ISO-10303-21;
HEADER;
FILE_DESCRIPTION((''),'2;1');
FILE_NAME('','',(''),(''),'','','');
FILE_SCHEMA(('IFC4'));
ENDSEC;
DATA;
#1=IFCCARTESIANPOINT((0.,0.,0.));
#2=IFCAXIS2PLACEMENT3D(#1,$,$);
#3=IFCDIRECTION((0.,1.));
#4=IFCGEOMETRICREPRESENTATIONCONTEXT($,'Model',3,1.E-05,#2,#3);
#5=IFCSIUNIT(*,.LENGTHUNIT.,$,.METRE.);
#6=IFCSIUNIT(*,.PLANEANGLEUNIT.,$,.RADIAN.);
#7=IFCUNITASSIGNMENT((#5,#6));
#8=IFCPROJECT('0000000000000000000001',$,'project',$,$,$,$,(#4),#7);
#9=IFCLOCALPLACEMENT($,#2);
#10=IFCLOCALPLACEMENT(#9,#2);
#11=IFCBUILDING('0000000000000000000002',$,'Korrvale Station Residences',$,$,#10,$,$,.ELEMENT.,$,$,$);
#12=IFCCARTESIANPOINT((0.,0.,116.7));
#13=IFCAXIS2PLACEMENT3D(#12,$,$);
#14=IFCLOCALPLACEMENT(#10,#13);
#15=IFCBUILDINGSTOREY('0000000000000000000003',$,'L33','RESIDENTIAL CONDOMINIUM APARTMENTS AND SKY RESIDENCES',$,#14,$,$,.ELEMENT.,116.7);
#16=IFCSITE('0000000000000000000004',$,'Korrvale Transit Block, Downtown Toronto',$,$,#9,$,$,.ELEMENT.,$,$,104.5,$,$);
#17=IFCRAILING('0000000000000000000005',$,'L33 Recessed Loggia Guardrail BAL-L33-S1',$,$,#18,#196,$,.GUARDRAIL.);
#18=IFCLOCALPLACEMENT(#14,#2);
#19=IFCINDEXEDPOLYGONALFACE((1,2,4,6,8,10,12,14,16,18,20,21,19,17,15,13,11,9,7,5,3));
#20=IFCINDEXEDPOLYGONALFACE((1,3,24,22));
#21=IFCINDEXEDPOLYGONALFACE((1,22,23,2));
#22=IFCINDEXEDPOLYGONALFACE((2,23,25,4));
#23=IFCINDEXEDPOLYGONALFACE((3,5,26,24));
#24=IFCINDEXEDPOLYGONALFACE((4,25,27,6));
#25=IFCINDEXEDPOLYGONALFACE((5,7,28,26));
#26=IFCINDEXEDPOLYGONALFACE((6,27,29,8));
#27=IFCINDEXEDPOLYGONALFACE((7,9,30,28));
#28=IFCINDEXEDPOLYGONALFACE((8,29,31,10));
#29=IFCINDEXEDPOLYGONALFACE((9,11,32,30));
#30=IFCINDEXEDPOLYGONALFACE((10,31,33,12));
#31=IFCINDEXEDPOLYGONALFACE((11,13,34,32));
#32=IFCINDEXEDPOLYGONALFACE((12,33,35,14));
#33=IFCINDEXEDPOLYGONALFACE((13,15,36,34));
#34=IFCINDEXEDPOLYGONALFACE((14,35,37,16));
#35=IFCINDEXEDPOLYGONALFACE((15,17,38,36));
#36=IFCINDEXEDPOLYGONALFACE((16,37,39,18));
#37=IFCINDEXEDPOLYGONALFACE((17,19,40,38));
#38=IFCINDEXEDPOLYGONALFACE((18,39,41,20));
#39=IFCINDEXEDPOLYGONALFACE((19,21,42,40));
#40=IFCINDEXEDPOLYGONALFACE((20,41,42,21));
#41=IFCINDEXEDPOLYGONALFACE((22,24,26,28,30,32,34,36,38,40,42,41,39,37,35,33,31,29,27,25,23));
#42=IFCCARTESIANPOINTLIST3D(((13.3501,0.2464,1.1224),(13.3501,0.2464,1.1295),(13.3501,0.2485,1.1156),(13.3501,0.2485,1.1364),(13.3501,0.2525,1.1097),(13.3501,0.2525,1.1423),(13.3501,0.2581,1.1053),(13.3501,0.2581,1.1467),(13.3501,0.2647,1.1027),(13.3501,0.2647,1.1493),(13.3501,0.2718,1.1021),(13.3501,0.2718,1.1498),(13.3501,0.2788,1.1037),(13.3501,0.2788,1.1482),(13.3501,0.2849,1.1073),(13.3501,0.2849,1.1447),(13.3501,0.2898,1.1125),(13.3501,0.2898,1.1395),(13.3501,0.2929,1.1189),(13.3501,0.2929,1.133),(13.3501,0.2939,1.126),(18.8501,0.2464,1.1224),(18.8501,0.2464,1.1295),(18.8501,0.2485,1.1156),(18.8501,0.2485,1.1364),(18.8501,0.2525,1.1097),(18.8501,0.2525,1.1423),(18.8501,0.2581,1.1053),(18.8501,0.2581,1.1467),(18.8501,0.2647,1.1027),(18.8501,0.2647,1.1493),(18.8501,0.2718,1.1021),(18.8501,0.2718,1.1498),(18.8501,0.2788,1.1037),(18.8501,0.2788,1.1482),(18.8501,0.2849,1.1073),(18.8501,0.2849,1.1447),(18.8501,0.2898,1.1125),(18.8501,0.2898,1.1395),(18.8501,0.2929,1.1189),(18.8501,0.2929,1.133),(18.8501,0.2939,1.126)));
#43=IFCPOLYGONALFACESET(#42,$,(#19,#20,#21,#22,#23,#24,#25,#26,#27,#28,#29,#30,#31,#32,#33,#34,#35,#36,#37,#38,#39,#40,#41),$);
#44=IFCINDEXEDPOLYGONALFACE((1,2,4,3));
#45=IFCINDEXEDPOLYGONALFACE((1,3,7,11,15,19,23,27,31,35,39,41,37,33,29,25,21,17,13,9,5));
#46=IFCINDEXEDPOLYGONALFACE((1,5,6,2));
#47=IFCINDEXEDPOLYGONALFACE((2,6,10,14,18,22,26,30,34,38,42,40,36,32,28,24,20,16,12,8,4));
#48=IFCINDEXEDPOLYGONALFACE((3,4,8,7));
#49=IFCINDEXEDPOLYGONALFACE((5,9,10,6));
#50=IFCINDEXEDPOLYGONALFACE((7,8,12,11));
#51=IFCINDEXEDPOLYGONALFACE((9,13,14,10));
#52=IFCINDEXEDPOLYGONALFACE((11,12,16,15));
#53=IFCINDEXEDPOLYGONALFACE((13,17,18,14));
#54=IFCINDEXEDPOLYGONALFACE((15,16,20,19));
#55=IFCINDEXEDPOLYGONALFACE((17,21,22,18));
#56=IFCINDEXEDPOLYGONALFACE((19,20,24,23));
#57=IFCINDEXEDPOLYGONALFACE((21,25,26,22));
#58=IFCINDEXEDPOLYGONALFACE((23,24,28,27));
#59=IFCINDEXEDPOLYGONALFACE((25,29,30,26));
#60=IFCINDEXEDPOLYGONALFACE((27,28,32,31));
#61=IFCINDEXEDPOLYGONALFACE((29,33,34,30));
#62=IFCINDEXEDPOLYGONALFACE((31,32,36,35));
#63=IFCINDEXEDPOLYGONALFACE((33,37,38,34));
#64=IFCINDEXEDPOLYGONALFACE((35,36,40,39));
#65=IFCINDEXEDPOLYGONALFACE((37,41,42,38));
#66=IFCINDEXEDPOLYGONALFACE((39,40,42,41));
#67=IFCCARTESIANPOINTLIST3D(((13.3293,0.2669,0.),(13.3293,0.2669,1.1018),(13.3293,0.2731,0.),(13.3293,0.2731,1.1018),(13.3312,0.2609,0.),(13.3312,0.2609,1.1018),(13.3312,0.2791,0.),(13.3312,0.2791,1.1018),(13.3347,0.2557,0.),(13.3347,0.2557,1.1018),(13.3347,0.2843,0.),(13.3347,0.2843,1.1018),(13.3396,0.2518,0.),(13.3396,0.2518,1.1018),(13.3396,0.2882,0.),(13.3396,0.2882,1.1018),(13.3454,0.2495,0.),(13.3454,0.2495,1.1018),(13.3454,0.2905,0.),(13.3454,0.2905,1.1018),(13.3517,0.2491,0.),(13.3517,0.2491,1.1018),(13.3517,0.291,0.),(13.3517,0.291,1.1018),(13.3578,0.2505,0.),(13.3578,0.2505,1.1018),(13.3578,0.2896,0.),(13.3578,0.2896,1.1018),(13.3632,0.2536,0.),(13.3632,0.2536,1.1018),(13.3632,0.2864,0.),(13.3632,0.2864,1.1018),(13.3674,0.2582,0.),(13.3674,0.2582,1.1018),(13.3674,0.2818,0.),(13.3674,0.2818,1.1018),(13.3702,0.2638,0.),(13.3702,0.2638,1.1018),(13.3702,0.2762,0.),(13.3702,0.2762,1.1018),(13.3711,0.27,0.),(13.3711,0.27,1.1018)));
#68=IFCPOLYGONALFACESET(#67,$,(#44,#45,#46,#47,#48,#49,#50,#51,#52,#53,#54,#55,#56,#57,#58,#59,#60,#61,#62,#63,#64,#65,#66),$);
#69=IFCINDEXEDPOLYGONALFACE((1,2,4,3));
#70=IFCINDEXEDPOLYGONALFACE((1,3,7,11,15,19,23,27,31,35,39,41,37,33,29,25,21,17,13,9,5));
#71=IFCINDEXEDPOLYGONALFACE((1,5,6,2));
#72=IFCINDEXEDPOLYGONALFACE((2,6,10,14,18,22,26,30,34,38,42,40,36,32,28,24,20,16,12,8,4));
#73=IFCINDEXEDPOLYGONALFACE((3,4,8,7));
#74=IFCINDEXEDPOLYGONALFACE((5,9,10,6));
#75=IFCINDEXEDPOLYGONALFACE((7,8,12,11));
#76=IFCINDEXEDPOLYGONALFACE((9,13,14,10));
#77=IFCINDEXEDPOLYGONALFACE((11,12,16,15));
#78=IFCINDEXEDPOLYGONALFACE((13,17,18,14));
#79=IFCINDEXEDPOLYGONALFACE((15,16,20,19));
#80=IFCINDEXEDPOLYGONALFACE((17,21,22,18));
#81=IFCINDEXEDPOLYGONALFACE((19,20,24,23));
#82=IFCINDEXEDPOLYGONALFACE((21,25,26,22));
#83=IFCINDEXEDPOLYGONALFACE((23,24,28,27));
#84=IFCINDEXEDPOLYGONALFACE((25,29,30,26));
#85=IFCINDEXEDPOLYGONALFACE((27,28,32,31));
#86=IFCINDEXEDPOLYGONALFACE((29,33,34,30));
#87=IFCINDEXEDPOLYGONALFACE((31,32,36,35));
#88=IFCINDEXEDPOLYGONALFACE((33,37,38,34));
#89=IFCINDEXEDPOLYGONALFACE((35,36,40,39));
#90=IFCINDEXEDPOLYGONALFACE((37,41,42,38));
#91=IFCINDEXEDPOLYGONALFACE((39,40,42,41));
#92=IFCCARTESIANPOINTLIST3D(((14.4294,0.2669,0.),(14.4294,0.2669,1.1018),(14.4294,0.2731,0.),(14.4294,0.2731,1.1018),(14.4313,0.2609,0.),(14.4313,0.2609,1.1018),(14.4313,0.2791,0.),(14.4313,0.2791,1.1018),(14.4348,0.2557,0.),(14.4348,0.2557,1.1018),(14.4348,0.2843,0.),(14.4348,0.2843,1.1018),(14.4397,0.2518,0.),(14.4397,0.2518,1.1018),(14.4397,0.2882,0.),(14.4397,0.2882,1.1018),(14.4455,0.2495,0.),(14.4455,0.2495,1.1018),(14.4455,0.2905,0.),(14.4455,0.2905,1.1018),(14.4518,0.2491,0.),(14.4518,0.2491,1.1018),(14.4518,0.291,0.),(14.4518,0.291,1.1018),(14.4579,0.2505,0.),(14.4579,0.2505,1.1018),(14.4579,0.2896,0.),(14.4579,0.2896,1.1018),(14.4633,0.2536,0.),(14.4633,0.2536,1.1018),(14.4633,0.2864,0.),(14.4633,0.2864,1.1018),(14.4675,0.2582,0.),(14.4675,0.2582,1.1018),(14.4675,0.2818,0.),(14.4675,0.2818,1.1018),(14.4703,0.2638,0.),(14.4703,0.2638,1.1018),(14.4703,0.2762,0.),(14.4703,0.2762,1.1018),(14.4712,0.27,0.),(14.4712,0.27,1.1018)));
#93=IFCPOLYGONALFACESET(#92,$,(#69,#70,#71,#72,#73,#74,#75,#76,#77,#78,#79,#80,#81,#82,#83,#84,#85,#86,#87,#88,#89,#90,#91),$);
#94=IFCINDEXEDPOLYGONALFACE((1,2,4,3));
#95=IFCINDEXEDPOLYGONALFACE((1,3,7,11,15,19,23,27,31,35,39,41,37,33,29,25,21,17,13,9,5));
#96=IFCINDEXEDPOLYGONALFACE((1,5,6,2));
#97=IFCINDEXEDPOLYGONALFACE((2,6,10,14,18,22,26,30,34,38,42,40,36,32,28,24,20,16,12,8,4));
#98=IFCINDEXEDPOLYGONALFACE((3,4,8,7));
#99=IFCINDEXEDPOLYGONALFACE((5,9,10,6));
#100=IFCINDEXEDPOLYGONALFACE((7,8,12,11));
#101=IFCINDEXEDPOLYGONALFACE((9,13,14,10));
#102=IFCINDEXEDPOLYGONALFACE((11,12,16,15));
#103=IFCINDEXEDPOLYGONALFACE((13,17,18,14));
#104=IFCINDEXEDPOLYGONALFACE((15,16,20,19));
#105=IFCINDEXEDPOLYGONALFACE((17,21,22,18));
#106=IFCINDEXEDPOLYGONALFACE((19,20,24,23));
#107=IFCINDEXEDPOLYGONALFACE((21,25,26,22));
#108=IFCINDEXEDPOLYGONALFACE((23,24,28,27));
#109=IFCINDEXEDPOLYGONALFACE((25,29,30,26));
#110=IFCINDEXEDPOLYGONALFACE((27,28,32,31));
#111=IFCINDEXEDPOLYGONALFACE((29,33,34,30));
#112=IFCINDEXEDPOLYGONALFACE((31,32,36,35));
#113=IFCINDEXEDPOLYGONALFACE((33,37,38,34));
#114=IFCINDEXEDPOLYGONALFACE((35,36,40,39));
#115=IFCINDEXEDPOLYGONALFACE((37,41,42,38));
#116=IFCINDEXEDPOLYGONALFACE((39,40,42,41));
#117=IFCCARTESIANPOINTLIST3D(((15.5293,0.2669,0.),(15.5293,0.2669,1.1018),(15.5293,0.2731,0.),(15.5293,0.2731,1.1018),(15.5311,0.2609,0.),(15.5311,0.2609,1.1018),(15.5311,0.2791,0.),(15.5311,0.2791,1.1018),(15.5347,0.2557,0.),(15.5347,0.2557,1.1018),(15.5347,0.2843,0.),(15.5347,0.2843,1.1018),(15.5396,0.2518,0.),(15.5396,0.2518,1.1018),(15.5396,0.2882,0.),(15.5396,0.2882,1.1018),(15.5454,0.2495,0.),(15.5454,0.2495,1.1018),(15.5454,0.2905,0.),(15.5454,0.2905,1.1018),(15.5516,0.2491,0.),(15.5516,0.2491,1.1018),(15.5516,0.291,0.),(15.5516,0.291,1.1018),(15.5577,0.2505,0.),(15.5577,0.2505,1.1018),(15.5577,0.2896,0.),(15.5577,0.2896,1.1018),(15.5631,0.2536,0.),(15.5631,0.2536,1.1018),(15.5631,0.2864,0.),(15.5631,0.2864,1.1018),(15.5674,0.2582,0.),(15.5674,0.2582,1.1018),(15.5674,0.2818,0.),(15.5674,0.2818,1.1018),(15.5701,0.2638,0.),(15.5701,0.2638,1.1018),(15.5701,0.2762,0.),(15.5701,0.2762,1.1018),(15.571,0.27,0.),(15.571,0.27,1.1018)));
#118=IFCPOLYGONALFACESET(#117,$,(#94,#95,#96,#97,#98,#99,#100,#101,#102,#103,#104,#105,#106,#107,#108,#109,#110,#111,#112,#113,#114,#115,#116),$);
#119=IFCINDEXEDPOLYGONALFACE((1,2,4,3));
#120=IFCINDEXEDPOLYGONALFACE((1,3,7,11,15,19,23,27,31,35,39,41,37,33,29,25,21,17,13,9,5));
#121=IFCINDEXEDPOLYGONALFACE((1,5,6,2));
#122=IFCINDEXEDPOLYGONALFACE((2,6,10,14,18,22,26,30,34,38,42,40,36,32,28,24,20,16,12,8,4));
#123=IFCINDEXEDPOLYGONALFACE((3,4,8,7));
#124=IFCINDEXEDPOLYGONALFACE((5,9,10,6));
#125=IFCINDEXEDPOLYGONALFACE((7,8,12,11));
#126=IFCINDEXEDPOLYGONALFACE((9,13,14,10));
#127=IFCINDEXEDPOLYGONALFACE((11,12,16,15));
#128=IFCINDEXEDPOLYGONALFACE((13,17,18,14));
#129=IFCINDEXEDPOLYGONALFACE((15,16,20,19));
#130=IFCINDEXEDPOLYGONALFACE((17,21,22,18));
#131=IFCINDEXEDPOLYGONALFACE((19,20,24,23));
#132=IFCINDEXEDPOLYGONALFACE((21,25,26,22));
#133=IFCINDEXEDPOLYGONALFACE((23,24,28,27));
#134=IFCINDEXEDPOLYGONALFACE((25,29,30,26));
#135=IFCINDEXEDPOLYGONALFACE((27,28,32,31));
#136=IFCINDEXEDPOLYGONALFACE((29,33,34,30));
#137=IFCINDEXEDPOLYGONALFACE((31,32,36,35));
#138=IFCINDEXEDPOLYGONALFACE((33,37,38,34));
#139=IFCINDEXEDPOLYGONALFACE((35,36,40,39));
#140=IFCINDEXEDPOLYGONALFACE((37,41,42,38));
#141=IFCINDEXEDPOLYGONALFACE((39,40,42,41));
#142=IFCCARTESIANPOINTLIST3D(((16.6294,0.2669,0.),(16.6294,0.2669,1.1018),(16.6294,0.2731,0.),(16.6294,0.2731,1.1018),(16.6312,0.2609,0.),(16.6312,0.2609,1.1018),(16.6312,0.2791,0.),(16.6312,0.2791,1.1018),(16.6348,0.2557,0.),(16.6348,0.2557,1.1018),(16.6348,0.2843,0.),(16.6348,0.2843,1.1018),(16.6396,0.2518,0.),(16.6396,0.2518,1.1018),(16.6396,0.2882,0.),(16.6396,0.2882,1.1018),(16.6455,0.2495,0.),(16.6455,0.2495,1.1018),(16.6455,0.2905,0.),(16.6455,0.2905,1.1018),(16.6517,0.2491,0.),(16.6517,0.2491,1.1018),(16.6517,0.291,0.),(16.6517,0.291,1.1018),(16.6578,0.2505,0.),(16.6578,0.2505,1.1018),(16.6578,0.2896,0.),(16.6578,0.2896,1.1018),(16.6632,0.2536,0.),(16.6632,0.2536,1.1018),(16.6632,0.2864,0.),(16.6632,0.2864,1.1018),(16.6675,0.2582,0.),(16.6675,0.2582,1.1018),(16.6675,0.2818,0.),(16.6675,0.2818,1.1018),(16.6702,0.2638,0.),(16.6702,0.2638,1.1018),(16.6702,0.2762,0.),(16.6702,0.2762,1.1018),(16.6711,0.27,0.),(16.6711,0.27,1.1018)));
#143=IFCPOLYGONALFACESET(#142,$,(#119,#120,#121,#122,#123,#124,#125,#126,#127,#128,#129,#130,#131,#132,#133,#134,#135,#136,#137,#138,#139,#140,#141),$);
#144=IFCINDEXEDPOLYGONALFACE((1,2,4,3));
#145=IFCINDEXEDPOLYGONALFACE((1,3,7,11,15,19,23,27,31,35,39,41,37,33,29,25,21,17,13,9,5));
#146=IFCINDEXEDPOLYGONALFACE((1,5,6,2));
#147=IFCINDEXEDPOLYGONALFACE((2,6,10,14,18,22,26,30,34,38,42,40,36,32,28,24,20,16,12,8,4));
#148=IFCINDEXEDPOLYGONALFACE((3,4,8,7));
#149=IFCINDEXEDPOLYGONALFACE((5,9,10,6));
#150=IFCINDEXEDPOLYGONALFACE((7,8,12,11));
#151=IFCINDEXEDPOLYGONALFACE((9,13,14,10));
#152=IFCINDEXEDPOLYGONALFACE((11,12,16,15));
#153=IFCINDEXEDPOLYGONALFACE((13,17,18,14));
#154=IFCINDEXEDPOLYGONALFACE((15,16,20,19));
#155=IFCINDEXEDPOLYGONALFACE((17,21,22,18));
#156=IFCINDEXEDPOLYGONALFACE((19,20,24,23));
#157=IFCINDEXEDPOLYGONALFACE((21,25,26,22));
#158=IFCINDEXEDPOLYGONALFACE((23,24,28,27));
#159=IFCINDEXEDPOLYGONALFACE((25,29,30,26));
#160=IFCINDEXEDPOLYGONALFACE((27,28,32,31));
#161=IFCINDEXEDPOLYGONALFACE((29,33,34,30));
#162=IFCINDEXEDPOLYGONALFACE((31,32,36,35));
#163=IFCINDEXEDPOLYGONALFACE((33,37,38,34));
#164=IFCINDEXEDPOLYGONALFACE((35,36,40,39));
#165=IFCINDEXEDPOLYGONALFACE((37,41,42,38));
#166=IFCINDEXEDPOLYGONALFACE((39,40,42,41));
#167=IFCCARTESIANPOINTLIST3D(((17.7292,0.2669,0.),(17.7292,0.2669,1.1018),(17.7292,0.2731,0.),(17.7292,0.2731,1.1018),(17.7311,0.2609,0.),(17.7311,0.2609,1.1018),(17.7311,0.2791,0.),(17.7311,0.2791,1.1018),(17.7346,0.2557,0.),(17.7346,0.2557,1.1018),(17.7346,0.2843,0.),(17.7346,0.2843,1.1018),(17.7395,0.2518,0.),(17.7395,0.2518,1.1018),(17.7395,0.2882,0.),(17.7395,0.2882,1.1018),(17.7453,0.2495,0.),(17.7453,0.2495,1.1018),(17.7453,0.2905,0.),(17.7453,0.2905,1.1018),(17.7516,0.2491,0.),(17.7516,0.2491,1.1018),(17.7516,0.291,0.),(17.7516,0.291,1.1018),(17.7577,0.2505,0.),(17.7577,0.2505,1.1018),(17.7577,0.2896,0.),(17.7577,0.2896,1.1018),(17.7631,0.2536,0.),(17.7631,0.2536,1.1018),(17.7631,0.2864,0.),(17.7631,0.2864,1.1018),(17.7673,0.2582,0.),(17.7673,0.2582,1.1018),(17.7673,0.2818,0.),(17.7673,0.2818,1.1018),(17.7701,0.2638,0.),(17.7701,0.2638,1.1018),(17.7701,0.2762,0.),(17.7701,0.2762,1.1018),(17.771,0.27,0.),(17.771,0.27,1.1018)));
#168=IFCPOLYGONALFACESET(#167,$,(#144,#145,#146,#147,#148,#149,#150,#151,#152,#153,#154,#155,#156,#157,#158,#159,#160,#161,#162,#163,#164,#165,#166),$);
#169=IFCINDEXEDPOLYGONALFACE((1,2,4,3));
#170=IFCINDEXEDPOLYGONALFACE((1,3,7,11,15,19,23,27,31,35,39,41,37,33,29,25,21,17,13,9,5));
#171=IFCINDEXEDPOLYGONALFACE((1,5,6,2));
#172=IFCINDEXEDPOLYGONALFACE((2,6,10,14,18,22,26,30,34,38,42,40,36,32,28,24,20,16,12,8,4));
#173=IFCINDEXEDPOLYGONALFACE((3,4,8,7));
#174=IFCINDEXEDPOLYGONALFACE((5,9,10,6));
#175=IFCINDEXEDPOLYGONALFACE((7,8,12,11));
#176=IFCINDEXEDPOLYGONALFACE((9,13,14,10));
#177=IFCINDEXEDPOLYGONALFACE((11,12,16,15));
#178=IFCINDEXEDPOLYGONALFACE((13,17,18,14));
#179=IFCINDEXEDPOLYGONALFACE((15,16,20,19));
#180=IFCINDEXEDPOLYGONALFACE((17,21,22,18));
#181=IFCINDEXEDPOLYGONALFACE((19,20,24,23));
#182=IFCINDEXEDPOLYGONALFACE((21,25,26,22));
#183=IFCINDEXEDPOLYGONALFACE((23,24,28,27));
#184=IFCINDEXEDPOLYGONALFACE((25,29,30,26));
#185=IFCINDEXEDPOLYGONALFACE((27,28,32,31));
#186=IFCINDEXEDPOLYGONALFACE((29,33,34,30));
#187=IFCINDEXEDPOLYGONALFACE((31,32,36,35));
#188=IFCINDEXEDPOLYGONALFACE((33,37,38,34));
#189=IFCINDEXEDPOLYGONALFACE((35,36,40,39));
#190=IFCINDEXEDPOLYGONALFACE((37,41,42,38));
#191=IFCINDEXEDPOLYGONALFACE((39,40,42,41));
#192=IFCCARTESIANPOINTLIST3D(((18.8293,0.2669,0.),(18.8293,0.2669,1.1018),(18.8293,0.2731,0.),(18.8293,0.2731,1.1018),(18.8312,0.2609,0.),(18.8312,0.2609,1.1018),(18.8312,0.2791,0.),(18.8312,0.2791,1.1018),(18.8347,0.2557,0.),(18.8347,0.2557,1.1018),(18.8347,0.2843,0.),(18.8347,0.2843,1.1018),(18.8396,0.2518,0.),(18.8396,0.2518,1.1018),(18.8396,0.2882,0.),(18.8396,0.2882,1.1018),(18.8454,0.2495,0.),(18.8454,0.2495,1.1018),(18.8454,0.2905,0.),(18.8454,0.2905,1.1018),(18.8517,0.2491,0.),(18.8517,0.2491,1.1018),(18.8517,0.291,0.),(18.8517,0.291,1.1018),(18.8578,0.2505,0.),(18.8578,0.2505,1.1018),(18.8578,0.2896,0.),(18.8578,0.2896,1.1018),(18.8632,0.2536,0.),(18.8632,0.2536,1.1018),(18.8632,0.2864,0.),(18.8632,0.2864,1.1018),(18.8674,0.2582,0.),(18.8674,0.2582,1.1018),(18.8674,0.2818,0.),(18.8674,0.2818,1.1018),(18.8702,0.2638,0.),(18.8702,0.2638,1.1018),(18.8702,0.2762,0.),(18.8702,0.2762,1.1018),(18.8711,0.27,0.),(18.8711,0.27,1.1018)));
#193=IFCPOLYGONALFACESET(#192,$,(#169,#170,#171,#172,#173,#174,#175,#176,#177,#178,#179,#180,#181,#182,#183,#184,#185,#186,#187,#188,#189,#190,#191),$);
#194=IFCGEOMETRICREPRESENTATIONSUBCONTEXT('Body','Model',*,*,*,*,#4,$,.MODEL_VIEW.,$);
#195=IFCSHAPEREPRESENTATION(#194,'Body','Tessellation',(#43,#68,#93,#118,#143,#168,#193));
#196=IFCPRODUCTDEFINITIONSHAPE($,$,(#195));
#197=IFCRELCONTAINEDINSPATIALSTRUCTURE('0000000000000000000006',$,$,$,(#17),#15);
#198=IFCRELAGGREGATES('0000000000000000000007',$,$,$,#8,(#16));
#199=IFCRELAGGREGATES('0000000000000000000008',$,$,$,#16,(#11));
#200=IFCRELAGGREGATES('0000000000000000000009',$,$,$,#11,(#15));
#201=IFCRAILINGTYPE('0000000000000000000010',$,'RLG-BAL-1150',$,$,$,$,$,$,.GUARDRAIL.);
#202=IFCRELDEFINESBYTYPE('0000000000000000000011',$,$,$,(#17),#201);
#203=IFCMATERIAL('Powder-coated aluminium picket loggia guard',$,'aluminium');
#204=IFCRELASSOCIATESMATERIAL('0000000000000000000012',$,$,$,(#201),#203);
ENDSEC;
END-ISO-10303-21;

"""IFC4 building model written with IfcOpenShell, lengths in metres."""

from ifc_helpers import new_model, si_unit, direction, frame, origin, origin_2d, place, context, subcontext, project, spatial, circle, extrude, material, type_object, element, save


model = new_model("IFC4")

# Units and contexts
model_context = context("Model", 3, precision=1e-05, world=origin(), true_north=direction((0.0, 1.0)))
body_context = subcontext(model_context, "Body", "Model", "MODEL_VIEW")
ifc_project = project(units=[si_unit("LENGTHUNIT", "METRE"), si_unit("PLANEANGLEUNIT", "RADIAN")], contexts=[model_context])

# Site, building, storey
site_placement = place(None, origin())
site = spatial("IfcSite", under=ifc_project, at=site_placement, Name="Korrvale Transit Block, Downtown Toronto", CompositionType="ELEMENT", RefElevation=104.5)
building_placement = place(site_placement, origin())
building = spatial("IfcBuilding", under=site, at=building_placement, Name="Korrvale Station Residences", CompositionType="ELEMENT")
storey_placement = place(building_placement, frame((0.0, 0.0, 116.7)))
storey = spatial("IfcBuildingStorey", under=building, at=storey_placement, Name="L33", Description="RESIDENTIAL CONDOMINIUM APARTMENTS AND SKY RESIDENCES", CompositionType="ELEMENT", Elevation=116.7)

# Railing
ifc_material_1 = material(Name="Powder-coated aluminium picket loggia guard", Category="aluminium")
railing_type = type_object("IfcRailingType", Name="RLG-BAL-1150", PredefinedType="GUARDRAIL", material=ifc_material_1)
railing_placement = place(storey_placement, frame((13.3501, 0.27, 0.0)))
element("IfcRailing", 1, at=railing_placement, inside=storey, type_object=railing_type, Name="L33 Recessed Loggia Guardrail BAL-L33-S1", PredefinedType="GUARDRAIL", context=body_context, shape_type="SweptSolid", body=[
    extrude(circle(Radius=0.0239, at=origin_2d()), frame((0.0, 0.0, 1.126), z_axis=(1.0, 0.0, 0.0), x_axis=(0.0, 1.0, 0.0)), (0.0, 0.0, 1.0), 5.5),
    extrude(circle(Radius=0.021, at=origin_2d()), origin(), (0.0, 0.0, 1.0), 1.1018),
    extrude(circle(Radius=0.021, at=origin_2d()), frame((1.1001, 0.0, 0.0)), (0.0, 0.0, 1.0), 1.1018),
    extrude(circle(Radius=0.021, at=origin_2d()), frame((2.2, 0.0, 0.0)), (0.0, 0.0, 1.0), 1.1018),
    extrude(circle(Radius=0.021, at=origin_2d()), frame((3.3, 0.0, 0.0)), (0.0, 0.0, 1.0), 1.1018),
    extrude(circle(Radius=0.021, at=origin_2d()), frame((4.3999, 0.0, 0.0)), (0.0, 0.0, 1.0), 1.1018),
    extrude(circle(Radius=0.021, at=origin_2d()), frame((5.5, 0.0, 0.0)), (0.0, 0.0, 1.0), 1.1018),
])

save(model, "model.ifc")
